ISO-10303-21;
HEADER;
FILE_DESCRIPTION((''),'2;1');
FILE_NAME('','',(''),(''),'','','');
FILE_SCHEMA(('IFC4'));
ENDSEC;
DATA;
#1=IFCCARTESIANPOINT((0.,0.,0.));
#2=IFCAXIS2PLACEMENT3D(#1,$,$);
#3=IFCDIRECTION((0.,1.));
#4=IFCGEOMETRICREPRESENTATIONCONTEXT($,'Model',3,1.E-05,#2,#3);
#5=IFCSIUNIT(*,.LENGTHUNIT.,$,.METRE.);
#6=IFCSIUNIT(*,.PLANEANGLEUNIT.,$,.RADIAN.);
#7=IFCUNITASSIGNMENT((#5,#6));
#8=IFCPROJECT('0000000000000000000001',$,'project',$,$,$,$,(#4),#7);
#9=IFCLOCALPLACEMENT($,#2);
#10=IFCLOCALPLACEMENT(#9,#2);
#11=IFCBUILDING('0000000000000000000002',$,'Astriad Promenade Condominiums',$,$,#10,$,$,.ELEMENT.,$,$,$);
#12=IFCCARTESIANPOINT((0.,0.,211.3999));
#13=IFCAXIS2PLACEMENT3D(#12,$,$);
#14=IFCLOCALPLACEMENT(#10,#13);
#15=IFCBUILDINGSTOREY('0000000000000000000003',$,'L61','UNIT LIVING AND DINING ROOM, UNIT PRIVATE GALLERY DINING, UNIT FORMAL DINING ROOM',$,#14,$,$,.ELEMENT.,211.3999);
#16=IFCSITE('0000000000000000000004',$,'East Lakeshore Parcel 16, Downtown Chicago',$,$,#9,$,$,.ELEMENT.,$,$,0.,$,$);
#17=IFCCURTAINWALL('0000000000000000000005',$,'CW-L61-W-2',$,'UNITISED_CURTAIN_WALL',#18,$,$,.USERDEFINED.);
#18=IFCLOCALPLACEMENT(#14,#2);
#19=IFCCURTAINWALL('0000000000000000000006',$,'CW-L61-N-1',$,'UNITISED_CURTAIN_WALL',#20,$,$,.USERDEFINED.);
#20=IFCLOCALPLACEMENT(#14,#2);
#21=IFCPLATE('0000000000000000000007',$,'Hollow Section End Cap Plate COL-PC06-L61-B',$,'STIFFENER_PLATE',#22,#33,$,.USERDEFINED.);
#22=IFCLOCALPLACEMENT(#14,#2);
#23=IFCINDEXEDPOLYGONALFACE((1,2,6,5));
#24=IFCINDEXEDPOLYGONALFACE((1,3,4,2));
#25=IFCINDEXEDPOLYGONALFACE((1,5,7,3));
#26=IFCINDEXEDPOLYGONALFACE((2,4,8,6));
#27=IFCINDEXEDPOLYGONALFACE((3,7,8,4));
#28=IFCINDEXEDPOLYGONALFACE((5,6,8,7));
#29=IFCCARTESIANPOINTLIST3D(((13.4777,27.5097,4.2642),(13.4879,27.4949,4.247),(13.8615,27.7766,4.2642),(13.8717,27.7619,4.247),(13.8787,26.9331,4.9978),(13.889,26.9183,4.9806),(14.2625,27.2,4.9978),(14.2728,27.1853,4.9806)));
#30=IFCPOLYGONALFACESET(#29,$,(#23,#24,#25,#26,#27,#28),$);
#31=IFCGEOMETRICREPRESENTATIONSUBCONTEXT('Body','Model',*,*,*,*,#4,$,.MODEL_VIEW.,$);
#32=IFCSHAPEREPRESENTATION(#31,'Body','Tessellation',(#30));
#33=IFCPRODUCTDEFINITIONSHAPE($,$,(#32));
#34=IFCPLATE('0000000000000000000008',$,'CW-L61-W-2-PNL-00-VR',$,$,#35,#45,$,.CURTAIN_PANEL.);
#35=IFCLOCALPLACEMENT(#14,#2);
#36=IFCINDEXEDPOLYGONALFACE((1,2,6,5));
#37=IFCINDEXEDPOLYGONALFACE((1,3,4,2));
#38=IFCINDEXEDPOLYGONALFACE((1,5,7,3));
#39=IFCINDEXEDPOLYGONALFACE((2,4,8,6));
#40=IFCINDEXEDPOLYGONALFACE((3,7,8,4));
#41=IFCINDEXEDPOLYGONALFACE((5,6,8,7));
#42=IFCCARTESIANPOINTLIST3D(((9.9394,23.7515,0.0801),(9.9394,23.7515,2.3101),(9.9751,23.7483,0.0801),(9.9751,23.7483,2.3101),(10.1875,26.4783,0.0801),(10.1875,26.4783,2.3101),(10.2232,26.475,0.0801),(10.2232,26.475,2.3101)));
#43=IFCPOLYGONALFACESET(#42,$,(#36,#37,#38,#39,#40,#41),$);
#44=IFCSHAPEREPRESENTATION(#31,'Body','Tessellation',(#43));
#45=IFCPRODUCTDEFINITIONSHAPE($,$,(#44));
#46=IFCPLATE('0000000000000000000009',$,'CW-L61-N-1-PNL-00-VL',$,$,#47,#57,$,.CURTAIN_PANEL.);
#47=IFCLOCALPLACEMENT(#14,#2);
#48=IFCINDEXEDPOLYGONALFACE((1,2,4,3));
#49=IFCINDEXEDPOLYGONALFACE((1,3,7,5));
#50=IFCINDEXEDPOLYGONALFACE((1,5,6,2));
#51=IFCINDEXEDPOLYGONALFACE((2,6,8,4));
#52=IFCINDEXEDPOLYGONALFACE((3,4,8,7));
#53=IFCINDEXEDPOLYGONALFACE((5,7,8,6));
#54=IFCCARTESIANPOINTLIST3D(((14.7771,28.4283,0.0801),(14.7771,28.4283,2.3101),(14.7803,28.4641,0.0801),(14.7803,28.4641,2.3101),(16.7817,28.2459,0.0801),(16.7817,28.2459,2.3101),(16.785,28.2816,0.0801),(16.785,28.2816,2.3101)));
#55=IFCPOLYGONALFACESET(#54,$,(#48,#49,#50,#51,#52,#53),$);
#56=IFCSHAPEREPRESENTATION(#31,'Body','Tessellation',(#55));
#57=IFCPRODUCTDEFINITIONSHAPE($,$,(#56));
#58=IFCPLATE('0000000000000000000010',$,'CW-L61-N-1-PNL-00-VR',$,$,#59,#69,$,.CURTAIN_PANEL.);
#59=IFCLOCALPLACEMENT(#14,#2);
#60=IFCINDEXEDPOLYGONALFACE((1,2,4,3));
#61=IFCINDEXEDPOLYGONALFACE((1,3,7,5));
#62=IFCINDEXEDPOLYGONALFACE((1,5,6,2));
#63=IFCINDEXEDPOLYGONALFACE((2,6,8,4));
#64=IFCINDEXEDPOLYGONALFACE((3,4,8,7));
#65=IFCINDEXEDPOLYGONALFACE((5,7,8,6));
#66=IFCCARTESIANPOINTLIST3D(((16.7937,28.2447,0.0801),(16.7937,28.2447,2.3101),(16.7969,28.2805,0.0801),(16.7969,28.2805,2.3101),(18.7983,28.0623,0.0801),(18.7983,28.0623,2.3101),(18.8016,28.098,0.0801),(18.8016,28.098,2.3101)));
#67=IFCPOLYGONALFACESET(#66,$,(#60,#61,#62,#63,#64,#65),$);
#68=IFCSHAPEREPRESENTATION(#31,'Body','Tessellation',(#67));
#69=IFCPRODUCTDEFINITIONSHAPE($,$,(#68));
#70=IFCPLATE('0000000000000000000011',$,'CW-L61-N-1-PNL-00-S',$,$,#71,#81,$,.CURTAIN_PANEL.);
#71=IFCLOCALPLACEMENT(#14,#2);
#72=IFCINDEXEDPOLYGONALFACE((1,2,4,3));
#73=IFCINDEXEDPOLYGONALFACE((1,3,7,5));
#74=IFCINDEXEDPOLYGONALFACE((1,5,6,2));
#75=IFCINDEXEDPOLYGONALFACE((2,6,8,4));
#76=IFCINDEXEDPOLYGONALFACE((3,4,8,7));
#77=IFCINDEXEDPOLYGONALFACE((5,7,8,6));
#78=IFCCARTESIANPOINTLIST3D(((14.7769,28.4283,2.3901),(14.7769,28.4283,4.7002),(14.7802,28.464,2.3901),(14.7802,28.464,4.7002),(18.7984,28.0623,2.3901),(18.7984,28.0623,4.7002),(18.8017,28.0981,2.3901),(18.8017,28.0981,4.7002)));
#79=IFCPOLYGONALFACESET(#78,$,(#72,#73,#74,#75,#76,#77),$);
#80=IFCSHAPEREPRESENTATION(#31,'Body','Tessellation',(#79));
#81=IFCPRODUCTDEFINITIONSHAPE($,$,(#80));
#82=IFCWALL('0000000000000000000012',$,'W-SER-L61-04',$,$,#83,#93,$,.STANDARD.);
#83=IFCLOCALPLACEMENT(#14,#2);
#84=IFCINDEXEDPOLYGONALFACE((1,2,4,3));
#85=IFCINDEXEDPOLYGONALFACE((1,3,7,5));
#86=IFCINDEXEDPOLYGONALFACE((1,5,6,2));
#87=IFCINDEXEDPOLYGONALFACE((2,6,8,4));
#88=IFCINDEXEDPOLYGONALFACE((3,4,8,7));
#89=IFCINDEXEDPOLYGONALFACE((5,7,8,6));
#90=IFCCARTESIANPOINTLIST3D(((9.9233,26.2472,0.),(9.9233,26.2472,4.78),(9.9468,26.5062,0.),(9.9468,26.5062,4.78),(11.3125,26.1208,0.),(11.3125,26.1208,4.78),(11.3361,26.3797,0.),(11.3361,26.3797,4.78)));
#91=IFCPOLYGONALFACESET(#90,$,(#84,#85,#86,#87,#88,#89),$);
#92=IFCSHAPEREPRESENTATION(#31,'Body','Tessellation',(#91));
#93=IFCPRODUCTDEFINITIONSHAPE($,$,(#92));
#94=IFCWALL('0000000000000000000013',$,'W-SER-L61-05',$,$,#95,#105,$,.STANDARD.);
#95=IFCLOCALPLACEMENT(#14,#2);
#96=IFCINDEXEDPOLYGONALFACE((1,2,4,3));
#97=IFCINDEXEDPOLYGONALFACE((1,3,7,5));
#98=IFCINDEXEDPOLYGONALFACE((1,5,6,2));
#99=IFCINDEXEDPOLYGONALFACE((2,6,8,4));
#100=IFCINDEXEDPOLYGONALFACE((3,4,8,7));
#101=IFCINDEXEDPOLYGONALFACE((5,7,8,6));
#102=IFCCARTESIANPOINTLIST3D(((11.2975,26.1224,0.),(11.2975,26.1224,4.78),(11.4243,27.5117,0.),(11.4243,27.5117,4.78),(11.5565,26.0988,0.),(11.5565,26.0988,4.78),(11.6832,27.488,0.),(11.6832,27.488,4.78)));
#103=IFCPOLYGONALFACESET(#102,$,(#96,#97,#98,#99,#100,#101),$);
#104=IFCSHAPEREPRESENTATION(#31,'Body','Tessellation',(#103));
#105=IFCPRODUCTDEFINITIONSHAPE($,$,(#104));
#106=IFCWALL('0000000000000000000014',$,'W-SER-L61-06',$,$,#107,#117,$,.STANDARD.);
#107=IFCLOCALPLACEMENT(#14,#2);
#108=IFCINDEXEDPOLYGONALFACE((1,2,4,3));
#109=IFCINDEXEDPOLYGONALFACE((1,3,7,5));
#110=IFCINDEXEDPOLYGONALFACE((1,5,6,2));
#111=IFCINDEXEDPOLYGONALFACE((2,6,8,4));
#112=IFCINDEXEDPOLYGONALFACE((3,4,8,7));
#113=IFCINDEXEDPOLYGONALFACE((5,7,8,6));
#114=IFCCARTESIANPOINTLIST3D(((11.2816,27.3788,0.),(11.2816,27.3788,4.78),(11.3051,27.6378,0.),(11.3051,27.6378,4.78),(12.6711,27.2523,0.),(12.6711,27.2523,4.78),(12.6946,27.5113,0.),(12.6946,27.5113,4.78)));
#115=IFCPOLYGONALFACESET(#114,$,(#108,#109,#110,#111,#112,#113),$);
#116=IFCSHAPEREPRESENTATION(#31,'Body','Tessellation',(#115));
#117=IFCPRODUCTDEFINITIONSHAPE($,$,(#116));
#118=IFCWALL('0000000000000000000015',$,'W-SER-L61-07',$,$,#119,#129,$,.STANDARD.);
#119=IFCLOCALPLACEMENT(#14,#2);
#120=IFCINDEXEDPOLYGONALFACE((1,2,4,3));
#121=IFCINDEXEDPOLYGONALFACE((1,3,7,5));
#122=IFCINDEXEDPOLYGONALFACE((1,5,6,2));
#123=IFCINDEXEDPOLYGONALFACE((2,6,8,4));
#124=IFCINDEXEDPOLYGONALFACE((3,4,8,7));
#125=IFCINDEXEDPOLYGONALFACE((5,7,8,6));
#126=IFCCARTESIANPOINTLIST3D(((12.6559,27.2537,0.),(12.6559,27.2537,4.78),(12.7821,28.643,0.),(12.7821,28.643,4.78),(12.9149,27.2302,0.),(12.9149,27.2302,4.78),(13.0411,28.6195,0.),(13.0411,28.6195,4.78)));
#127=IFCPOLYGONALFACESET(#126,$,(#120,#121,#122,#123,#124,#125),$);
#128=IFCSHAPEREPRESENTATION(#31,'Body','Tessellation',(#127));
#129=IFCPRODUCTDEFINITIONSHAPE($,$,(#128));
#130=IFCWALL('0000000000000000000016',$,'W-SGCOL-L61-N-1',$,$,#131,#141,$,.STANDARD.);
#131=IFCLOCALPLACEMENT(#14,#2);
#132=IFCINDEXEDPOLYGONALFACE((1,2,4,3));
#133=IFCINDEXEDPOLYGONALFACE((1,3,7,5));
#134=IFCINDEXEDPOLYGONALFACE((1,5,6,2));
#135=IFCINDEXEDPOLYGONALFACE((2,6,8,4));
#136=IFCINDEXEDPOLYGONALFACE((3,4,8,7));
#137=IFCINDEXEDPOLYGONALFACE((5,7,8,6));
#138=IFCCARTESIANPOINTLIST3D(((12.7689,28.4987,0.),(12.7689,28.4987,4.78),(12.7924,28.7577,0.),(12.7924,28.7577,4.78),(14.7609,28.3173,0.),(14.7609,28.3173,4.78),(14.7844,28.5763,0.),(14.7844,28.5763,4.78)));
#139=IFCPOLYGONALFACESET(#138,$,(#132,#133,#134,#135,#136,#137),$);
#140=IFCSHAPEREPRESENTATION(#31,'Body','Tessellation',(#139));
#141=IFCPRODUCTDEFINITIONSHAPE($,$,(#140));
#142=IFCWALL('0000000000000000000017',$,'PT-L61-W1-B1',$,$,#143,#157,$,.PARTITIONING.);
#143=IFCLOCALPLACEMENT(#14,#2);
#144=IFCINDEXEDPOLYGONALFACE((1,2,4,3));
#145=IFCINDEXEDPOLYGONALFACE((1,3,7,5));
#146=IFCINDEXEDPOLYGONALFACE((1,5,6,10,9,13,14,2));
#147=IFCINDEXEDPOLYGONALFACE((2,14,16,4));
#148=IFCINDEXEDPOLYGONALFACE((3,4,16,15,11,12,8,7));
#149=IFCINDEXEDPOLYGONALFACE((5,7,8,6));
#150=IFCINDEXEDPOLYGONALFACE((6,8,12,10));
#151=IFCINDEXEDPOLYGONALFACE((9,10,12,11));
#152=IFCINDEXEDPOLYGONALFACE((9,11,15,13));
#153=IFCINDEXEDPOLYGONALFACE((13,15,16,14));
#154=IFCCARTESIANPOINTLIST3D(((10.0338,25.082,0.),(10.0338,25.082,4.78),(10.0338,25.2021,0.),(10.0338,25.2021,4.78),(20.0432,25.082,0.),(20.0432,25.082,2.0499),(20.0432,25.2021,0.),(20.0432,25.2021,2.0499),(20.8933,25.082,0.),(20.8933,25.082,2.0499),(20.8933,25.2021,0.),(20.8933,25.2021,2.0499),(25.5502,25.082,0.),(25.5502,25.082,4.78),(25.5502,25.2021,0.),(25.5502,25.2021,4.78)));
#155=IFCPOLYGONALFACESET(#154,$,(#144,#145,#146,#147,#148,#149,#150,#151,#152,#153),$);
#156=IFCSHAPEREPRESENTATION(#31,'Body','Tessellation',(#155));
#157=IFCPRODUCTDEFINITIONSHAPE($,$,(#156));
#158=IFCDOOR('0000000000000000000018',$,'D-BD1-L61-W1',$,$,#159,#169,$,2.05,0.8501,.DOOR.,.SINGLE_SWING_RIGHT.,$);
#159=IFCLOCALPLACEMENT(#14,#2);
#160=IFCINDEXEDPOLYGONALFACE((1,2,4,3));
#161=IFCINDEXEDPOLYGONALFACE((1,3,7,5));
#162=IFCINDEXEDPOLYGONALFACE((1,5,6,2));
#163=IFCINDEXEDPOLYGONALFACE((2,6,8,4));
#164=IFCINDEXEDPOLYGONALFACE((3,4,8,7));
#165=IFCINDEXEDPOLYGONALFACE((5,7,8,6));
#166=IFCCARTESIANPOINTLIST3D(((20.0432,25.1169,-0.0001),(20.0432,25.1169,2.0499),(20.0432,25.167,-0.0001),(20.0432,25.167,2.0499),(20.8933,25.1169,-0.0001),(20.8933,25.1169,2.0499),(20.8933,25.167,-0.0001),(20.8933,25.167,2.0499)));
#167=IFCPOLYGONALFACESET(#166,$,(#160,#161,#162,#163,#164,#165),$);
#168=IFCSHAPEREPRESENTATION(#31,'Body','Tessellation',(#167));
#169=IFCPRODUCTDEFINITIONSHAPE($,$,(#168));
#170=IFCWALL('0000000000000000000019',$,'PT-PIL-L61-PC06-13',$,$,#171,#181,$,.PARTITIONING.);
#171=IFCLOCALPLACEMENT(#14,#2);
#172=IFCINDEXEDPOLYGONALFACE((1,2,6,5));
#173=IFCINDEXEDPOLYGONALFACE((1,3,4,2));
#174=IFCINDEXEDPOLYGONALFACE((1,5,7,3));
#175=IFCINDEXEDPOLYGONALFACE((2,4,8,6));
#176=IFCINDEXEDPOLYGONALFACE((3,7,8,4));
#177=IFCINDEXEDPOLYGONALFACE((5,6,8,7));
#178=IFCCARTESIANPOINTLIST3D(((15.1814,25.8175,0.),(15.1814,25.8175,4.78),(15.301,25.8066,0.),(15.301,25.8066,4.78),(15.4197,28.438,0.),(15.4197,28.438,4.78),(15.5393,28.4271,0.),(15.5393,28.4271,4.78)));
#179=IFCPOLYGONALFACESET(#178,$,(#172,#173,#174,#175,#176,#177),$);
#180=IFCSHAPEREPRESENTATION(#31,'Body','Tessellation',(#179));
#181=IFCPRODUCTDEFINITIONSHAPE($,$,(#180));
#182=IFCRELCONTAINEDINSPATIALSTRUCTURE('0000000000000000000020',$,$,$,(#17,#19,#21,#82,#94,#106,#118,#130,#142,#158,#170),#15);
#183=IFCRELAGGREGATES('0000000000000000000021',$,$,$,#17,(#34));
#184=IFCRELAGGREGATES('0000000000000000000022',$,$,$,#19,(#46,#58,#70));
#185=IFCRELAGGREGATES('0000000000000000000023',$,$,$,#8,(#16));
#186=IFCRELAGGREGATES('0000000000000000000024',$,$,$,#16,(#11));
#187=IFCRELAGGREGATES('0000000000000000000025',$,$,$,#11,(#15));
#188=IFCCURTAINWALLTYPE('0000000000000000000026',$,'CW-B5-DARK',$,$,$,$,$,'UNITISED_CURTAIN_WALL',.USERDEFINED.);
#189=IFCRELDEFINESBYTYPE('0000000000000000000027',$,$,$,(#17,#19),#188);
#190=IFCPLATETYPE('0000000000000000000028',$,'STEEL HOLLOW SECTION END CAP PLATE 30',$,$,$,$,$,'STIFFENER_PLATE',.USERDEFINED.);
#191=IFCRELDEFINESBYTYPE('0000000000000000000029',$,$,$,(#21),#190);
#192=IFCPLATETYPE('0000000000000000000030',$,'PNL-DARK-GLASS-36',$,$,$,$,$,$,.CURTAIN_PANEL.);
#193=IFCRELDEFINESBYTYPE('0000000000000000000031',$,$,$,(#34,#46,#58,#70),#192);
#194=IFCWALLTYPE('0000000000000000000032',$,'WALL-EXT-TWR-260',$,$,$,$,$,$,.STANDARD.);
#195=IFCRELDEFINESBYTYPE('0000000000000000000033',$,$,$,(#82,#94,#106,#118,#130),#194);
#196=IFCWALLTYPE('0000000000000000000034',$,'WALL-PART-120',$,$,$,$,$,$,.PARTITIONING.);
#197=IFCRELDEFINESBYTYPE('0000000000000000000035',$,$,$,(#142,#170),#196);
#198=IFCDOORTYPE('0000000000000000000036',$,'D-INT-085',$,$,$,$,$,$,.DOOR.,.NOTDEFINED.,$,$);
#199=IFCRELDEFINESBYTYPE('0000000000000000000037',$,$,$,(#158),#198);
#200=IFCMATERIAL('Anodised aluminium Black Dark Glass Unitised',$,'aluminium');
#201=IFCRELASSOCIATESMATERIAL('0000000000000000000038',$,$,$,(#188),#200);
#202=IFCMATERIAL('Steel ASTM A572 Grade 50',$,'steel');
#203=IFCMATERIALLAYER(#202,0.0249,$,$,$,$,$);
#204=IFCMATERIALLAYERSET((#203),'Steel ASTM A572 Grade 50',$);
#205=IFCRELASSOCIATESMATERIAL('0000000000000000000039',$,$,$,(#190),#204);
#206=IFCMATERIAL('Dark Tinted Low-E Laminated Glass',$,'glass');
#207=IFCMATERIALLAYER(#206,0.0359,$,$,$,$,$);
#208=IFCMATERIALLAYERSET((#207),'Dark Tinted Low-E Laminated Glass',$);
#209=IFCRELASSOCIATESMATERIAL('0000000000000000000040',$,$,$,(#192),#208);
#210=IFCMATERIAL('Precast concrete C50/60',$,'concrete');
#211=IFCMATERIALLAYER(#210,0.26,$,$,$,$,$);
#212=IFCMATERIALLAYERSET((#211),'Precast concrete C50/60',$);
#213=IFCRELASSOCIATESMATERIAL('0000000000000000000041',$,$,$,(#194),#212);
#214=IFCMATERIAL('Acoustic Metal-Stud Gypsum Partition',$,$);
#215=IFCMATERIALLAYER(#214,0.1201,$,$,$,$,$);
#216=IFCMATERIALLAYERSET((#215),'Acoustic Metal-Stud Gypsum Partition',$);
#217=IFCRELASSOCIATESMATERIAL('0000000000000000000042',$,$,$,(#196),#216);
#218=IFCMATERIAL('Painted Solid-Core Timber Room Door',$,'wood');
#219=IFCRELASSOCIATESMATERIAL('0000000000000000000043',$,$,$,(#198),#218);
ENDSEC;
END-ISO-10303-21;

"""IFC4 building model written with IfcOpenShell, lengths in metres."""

from ifc_helpers import new_model, si_unit, direction, frame, frame_2d, origin, origin_2d, place, context, subcontext, project, spatial, rectangle, extrude, source, transform, mapped, material, layer, layer_set, type_object, type_shapes, element, fill, aggregate, save


model = new_model("IFC4")

# Units and contexts
model_context = context("Model", 3, precision=1e-05, world=origin(), true_north=direction((0.0, 1.0)))
body_context = subcontext(model_context, "Body", "Model", "MODEL_VIEW")
ifc_project = project(units=[si_unit("LENGTHUNIT", "METRE"), si_unit("PLANEANGLEUNIT", "RADIAN")], contexts=[model_context])

# Site, building, storey
site_placement = place(None, origin())
site = spatial("IfcSite", under=ifc_project, at=site_placement, Name="East Lakeshore Parcel 16, Downtown Chicago", CompositionType="ELEMENT", RefElevation=0.0)
building_placement = place(site_placement, origin())
building = spatial("IfcBuilding", under=site, at=building_placement, Name="Astriad Promenade Condominiums", CompositionType="ELEMENT")
storey_placement = place(building_placement, frame((0.0, 0.0, 211.3999)))
storey = spatial("IfcBuildingStorey", under=building, at=storey_placement, Name="L61", Description="UNIT LIVING AND DINING ROOM, UNIT PRIVATE GALLERY DINING, UNIT FORMAL DINING ROOM", CompositionType="ELEMENT", Elevation=211.3999)

# Curtain wall
ifc_material_1 = material(Name="Anodised aluminium Black Dark Glass Unitised", Category="aluminium")
curtain_wall_type = type_object("IfcCurtainWallType", Name="CW-B5-DARK", ElementType="UNITISED_CURTAIN_WALL", PredefinedType="USERDEFINED", material=ifc_material_1)
curtain_wall_1_placement = place(storey_placement, origin())
curtain_wall_1 = element("IfcCurtainWall", 1, at=curtain_wall_1_placement, inside=storey, type_object=curtain_wall_type, Name="CW-L61-W-2", ObjectType="UNITISED_CURTAIN_WALL", PredefinedType="USERDEFINED")

# Curtain wall
curtain_wall_2_placement = place(storey_placement, origin())
curtain_wall_2 = element("IfcCurtainWall", 2, at=curtain_wall_2_placement, inside=storey, type_object=curtain_wall_type, Name="CW-L61-N-1", ObjectType="UNITISED_CURTAIN_WALL", PredefinedType="USERDEFINED")

# Plates
ifc_material_2 = material(Name="Steel ASTM A572 Grade 50", Category="steel")
ifc_layer_1 = layer(ifc_material_2, 0.0249)
ifc_layer_set_1 = layer_set([ifc_layer_1], Name="Steel ASTM A572 Grade 50")
plate_type_1 = type_object("IfcPlateType", Name="STEEL HOLLOW SECTION END CAP PLATE 30", ElementType="STIFFENER_PLATE", PredefinedType="USERDEFINED", material=ifc_layer_set_1)
shared_shape_1 = source(origin(), body_context, "Body", "SweptSolid", [
    extrude(rectangle(XDim=0.4675, YDim=1.0156, at=origin_2d()), origin(), (0.0, 0.0, 1.0), 0.0249),
])
type_shapes(plate_type_1, [shared_shape_1])
plate_1_placement = place(storey_placement, frame((13.8804, 27.3401, 4.6138), z_axis=(-0.412471, 0.592979, 0.691552), x_axis=(-0.820928, -0.571031, 0.0)))
element("IfcPlate", 3, at=plate_1_placement, inside=storey, type_object=plate_type_1, Name="Hollow Section End Cap Plate COL-PC06-L61-B", ObjectType="STIFFENER_PLATE", PredefinedType="USERDEFINED", context=body_context, shape_type="MappedRepresentation", body=[
    mapped(shared_shape_1, transform((0.0, 0.0, 0.0), scale=1.0)),
])
ifc_material_3 = material(Name="Dark Tinted Low-E Laminated Glass", Category="glass")
ifc_layer_2 = layer(ifc_material_3, 0.0359)
ifc_layer_set_2 = layer_set([ifc_layer_2], Name="Dark Tinted Low-E Laminated Glass")
plate_type_2 = type_object("IfcPlateType", Name="PNL-DARK-GLASS-36", PredefinedType="CURTAIN_PANEL", material=ifc_layer_set_2)
shared_shape_2 = source(origin(), body_context, "Body", "SweptSolid", [
    extrude(rectangle(XDim=2.738, YDim=0.0359, at=origin_2d()), origin(), (0.0, 0.0, 1.0), 2.23),
])
plate_2_placement = place(storey_placement, frame((10.0813, 25.1133, 0.0801), z_axis=(0.0, 0.0, 1.0), x_axis=(0.090633, 0.995884, 0.0)))
plate_2 = element("IfcPlate", 4, at=plate_2_placement, type_object=plate_type_2, Name="CW-L61-W-2-PNL-00-VR", PredefinedType="CURTAIN_PANEL", context=body_context, shape_type="MappedRepresentation", body=[
    mapped(shared_shape_2, transform((0.0, 0.0, 0.0), scale=1.0)),
])
aggregate(curtain_wall_1, [plate_2])
shared_shape_3 = source(origin(), body_context, "Body", "SweptSolid", [
    extrude(rectangle(XDim=2.0129, YDim=0.0359, at=origin_2d()), origin(), (0.0, 0.0, 1.0), 2.23),
])
plate_3_placement = place(storey_placement, frame((15.781, 28.355, 0.0801), z_axis=(0.0, 0.0, 1.0), x_axis=(0.995884, -0.090633, 0.0)))
plate_3 = element("IfcPlate", 5, at=plate_3_placement, type_object=plate_type_2, Name="CW-L61-N-1-PNL-00-VL", PredefinedType="CURTAIN_PANEL", context=body_context, shape_type="MappedRepresentation", body=[
    mapped(shared_shape_3, transform((0.0, 0.0, 0.0), scale=1.0)),
])
plate_4_placement = place(storey_placement, frame((17.7976, 28.1714, 0.0801), z_axis=(0.0, 0.0, 1.0), x_axis=(0.995884, -0.090633, 0.0)))
plate_4 = element("IfcPlate", 6, at=plate_4_placement, type_object=plate_type_2, Name="CW-L61-N-1-PNL-00-VR", PredefinedType="CURTAIN_PANEL", context=body_context, shape_type="MappedRepresentation", body=[
    mapped(shared_shape_3, transform((0.0, 0.0, 0.0), scale=1.0)),
])
shared_shape_4 = source(origin(), body_context, "Body", "SweptSolid", [
    extrude(rectangle(XDim=4.0381, YDim=0.0359, at=origin_2d()), origin(), (0.0, 0.0, 1.0), 2.3101),
])
type_shapes(plate_type_2, [shared_shape_2, shared_shape_3, shared_shape_4])
plate_5_placement = place(storey_placement, frame((16.7893, 28.2632, 2.3901), z_axis=(0.0, 0.0, 1.0), x_axis=(0.995884, -0.090633, 0.0)))
plate_5 = element("IfcPlate", 7, at=plate_5_placement, type_object=plate_type_2, Name="CW-L61-N-1-PNL-00-S", PredefinedType="CURTAIN_PANEL", context=body_context, shape_type="MappedRepresentation", body=[
    mapped(shared_shape_4, transform((0.0, 0.0, 0.0), scale=1.0)),
])
aggregate(curtain_wall_2, [plate_3, plate_4, plate_5])

# Walls
ifc_material_4 = material(Name="Precast concrete C50/60", Category="concrete")
ifc_layer_3 = layer(ifc_material_4, 0.26)
ifc_layer_set_3 = layer_set([ifc_layer_3], Name="Precast concrete C50/60")
wall_type_1 = type_object("IfcWallType", Name="WALL-EXT-TWR-260", PredefinedType="STANDARD", material=ifc_layer_set_3)
for number, where, z_axis, x_axis, name in (
    (8, (9.9351, 26.3767, 0.0), (0.0, 0.0, 1.0), (0.995882, -0.090662, 0.0), "W-SER-L61-04"),
    (9, (11.427, 26.1106, 0.0), (0.0, 0.0, 1.0), (0.090836, 0.995866, 0.0), "W-SER-L61-05"),
):
    element("IfcWall", number, at=place(storey_placement, frame(where, z_axis=z_axis, x_axis=x_axis)), inside=storey, type_object=wall_type_1, Name=name, PredefinedType="STANDARD", context=body_context, shape_type="SweptSolid", body=[
        extrude(rectangle(XDim=1.395, YDim=0.26, at=frame_2d((0.6975, 0.0))), origin(), (0.0, 0.0, 1.0), 4.78),
    ])
wall_1_placement = place(storey_placement, frame((11.2932, 27.5083, 0.0), z_axis=(0.0, 0.0, 1.0), x_axis=(0.995883, -0.090646, 0.0)))
element("IfcWall", 10, at=wall_1_placement, inside=storey, type_object=wall_type_1, Name="W-SER-L61-06", PredefinedType="STANDARD", context=body_context, shape_type="SweptSolid", body=[
    extrude(rectangle(XDim=1.3953, YDim=0.26, at=frame_2d((0.6978, 0.0))), origin(), (0.0, 0.0, 1.0), 4.78),
])
wall_2_placement = place(storey_placement, frame((12.7854, 27.2419, 0.0), z_axis=(0.0, 0.0, 1.0), x_axis=(0.090473, 0.995899, 0.0)))
element("IfcWall", 11, at=wall_2_placement, inside=storey, type_object=wall_type_1, Name="W-SER-L61-07", PredefinedType="STANDARD", context=body_context, shape_type="SweptSolid", body=[
    extrude(rectangle(XDim=1.395, YDim=0.26, at=frame_2d((0.6975, 0.0))), origin(), (0.0, 0.0, 1.0), 4.78),
])
wall_3_placement = place(storey_placement, frame((12.7808, 28.6282, 0.0), z_axis=(0.0, 0.0, 1.0), x_axis=(0.995879, -0.09069, 0.0)))
element("IfcWall", 12, at=wall_3_placement, inside=storey, type_object=wall_type_1, Name="W-SGCOL-L61-N-1", PredefinedType="STANDARD", context=body_context, shape_type="SweptSolid", body=[
    extrude(rectangle(XDim=2.0002, YDim=0.26, at=frame_2d((1.0, 0.0))), origin(), (0.0, 0.0, 1.0), 4.78),
])

# Wall, opening, door
ifc_material_5 = material(Name="Acoustic Metal-Stud Gypsum Partition")
ifc_layer_4 = layer(ifc_material_5, 0.1201)
ifc_layer_set_4 = layer_set([ifc_layer_4], Name="Acoustic Metal-Stud Gypsum Partition")
wall_type_2 = type_object("IfcWallType", Name="WALL-PART-120", PredefinedType="PARTITIONING", material=ifc_layer_set_4)
wall_4_placement = place(storey_placement, frame((10.0337, 25.1421, 0.0), z_axis=(0.0, 0.0, 1.0), x_axis=(1.0, 0.0, 0.0)))
wall_4 = element("IfcWall", 13, at=wall_4_placement, inside=storey, type_object=wall_type_2, Name="PT-L61-W1-B1", PredefinedType="PARTITIONING", context=body_context, shape_type="SweptSolid", body=[
    extrude(rectangle(XDim=15.5164, YDim=0.1201, at=frame_2d((7.7583, 0.0))), origin(), (0.0, 0.0, 1.0), 4.78),
])
opening_placement = place(wall_4_placement, frame((10.0095, 0.0, 0.0)))
opening = element("IfcOpeningElement", 14, at=opening_placement, cuts=wall_4, PredefinedType="OPENING", context=body_context, shape_type="SweptSolid", body=[
    extrude(rectangle(XDim=0.8501, YDim=2.05, at=frame_2d((0.425, 1.0249))), frame((0.0, 0.0701, 0.0), z_axis=(0.0, -1.0, 0.0), x_axis=(1.0, 0.0, 0.0)), (0.0, 0.0, 1.0), 0.1401),
])
ifc_material_6 = material(Name="Painted Solid-Core Timber Room Door", Category="wood")
door_type = type_object("IfcDoorType", Name="D-INT-085", OperationType="NOTDEFINED", PredefinedType="DOOR", material=ifc_material_6)
shared_shape_5 = source(origin(), body_context, "Body", "SweptSolid", [
    extrude(rectangle(XDim=0.8501, YDim=2.05, at=frame_2d((0.425, 1.0249))), frame((0.0, 0.0249, 0.0), z_axis=(0.0, -1.0, 0.0), x_axis=(1.0, 0.0, 0.0)), (0.0, 0.0, 1.0), 0.05),
])
type_shapes(door_type, [shared_shape_5])
door_placement = place(opening_placement, origin())
door = element("IfcDoor", 15, at=door_placement, inside=storey, type_object=door_type, Name="D-BD1-L61-W1", OperationType="SINGLE_SWING_RIGHT", OverallHeight=2.05, OverallWidth=0.8501, PredefinedType="DOOR", context=body_context, shape_type="MappedRepresentation", body=[
    mapped(shared_shape_5, transform((0.0, 0.0, 0.0), scale=1.0)),
])
fill(opening, door)

# Wall
wall_5_placement = place(storey_placement, frame((15.2412, 25.812, 0.0), z_axis=(0.0, 0.0, 1.0), x_axis=(0.090552, 0.995892, 0.0)))
element("IfcWall", 16, at=wall_5_placement, inside=storey, type_object=wall_type_2, Name="PT-PIL-L61-PC06-13", PredefinedType="PARTITIONING", context=body_context, shape_type="SweptSolid", body=[
    extrude(rectangle(XDim=2.6313, YDim=0.1201, at=frame_2d((1.3157, 0.0))), origin(), (0.0, 0.0, 1.0), 4.78),
])

save(model, "model.ifc")
